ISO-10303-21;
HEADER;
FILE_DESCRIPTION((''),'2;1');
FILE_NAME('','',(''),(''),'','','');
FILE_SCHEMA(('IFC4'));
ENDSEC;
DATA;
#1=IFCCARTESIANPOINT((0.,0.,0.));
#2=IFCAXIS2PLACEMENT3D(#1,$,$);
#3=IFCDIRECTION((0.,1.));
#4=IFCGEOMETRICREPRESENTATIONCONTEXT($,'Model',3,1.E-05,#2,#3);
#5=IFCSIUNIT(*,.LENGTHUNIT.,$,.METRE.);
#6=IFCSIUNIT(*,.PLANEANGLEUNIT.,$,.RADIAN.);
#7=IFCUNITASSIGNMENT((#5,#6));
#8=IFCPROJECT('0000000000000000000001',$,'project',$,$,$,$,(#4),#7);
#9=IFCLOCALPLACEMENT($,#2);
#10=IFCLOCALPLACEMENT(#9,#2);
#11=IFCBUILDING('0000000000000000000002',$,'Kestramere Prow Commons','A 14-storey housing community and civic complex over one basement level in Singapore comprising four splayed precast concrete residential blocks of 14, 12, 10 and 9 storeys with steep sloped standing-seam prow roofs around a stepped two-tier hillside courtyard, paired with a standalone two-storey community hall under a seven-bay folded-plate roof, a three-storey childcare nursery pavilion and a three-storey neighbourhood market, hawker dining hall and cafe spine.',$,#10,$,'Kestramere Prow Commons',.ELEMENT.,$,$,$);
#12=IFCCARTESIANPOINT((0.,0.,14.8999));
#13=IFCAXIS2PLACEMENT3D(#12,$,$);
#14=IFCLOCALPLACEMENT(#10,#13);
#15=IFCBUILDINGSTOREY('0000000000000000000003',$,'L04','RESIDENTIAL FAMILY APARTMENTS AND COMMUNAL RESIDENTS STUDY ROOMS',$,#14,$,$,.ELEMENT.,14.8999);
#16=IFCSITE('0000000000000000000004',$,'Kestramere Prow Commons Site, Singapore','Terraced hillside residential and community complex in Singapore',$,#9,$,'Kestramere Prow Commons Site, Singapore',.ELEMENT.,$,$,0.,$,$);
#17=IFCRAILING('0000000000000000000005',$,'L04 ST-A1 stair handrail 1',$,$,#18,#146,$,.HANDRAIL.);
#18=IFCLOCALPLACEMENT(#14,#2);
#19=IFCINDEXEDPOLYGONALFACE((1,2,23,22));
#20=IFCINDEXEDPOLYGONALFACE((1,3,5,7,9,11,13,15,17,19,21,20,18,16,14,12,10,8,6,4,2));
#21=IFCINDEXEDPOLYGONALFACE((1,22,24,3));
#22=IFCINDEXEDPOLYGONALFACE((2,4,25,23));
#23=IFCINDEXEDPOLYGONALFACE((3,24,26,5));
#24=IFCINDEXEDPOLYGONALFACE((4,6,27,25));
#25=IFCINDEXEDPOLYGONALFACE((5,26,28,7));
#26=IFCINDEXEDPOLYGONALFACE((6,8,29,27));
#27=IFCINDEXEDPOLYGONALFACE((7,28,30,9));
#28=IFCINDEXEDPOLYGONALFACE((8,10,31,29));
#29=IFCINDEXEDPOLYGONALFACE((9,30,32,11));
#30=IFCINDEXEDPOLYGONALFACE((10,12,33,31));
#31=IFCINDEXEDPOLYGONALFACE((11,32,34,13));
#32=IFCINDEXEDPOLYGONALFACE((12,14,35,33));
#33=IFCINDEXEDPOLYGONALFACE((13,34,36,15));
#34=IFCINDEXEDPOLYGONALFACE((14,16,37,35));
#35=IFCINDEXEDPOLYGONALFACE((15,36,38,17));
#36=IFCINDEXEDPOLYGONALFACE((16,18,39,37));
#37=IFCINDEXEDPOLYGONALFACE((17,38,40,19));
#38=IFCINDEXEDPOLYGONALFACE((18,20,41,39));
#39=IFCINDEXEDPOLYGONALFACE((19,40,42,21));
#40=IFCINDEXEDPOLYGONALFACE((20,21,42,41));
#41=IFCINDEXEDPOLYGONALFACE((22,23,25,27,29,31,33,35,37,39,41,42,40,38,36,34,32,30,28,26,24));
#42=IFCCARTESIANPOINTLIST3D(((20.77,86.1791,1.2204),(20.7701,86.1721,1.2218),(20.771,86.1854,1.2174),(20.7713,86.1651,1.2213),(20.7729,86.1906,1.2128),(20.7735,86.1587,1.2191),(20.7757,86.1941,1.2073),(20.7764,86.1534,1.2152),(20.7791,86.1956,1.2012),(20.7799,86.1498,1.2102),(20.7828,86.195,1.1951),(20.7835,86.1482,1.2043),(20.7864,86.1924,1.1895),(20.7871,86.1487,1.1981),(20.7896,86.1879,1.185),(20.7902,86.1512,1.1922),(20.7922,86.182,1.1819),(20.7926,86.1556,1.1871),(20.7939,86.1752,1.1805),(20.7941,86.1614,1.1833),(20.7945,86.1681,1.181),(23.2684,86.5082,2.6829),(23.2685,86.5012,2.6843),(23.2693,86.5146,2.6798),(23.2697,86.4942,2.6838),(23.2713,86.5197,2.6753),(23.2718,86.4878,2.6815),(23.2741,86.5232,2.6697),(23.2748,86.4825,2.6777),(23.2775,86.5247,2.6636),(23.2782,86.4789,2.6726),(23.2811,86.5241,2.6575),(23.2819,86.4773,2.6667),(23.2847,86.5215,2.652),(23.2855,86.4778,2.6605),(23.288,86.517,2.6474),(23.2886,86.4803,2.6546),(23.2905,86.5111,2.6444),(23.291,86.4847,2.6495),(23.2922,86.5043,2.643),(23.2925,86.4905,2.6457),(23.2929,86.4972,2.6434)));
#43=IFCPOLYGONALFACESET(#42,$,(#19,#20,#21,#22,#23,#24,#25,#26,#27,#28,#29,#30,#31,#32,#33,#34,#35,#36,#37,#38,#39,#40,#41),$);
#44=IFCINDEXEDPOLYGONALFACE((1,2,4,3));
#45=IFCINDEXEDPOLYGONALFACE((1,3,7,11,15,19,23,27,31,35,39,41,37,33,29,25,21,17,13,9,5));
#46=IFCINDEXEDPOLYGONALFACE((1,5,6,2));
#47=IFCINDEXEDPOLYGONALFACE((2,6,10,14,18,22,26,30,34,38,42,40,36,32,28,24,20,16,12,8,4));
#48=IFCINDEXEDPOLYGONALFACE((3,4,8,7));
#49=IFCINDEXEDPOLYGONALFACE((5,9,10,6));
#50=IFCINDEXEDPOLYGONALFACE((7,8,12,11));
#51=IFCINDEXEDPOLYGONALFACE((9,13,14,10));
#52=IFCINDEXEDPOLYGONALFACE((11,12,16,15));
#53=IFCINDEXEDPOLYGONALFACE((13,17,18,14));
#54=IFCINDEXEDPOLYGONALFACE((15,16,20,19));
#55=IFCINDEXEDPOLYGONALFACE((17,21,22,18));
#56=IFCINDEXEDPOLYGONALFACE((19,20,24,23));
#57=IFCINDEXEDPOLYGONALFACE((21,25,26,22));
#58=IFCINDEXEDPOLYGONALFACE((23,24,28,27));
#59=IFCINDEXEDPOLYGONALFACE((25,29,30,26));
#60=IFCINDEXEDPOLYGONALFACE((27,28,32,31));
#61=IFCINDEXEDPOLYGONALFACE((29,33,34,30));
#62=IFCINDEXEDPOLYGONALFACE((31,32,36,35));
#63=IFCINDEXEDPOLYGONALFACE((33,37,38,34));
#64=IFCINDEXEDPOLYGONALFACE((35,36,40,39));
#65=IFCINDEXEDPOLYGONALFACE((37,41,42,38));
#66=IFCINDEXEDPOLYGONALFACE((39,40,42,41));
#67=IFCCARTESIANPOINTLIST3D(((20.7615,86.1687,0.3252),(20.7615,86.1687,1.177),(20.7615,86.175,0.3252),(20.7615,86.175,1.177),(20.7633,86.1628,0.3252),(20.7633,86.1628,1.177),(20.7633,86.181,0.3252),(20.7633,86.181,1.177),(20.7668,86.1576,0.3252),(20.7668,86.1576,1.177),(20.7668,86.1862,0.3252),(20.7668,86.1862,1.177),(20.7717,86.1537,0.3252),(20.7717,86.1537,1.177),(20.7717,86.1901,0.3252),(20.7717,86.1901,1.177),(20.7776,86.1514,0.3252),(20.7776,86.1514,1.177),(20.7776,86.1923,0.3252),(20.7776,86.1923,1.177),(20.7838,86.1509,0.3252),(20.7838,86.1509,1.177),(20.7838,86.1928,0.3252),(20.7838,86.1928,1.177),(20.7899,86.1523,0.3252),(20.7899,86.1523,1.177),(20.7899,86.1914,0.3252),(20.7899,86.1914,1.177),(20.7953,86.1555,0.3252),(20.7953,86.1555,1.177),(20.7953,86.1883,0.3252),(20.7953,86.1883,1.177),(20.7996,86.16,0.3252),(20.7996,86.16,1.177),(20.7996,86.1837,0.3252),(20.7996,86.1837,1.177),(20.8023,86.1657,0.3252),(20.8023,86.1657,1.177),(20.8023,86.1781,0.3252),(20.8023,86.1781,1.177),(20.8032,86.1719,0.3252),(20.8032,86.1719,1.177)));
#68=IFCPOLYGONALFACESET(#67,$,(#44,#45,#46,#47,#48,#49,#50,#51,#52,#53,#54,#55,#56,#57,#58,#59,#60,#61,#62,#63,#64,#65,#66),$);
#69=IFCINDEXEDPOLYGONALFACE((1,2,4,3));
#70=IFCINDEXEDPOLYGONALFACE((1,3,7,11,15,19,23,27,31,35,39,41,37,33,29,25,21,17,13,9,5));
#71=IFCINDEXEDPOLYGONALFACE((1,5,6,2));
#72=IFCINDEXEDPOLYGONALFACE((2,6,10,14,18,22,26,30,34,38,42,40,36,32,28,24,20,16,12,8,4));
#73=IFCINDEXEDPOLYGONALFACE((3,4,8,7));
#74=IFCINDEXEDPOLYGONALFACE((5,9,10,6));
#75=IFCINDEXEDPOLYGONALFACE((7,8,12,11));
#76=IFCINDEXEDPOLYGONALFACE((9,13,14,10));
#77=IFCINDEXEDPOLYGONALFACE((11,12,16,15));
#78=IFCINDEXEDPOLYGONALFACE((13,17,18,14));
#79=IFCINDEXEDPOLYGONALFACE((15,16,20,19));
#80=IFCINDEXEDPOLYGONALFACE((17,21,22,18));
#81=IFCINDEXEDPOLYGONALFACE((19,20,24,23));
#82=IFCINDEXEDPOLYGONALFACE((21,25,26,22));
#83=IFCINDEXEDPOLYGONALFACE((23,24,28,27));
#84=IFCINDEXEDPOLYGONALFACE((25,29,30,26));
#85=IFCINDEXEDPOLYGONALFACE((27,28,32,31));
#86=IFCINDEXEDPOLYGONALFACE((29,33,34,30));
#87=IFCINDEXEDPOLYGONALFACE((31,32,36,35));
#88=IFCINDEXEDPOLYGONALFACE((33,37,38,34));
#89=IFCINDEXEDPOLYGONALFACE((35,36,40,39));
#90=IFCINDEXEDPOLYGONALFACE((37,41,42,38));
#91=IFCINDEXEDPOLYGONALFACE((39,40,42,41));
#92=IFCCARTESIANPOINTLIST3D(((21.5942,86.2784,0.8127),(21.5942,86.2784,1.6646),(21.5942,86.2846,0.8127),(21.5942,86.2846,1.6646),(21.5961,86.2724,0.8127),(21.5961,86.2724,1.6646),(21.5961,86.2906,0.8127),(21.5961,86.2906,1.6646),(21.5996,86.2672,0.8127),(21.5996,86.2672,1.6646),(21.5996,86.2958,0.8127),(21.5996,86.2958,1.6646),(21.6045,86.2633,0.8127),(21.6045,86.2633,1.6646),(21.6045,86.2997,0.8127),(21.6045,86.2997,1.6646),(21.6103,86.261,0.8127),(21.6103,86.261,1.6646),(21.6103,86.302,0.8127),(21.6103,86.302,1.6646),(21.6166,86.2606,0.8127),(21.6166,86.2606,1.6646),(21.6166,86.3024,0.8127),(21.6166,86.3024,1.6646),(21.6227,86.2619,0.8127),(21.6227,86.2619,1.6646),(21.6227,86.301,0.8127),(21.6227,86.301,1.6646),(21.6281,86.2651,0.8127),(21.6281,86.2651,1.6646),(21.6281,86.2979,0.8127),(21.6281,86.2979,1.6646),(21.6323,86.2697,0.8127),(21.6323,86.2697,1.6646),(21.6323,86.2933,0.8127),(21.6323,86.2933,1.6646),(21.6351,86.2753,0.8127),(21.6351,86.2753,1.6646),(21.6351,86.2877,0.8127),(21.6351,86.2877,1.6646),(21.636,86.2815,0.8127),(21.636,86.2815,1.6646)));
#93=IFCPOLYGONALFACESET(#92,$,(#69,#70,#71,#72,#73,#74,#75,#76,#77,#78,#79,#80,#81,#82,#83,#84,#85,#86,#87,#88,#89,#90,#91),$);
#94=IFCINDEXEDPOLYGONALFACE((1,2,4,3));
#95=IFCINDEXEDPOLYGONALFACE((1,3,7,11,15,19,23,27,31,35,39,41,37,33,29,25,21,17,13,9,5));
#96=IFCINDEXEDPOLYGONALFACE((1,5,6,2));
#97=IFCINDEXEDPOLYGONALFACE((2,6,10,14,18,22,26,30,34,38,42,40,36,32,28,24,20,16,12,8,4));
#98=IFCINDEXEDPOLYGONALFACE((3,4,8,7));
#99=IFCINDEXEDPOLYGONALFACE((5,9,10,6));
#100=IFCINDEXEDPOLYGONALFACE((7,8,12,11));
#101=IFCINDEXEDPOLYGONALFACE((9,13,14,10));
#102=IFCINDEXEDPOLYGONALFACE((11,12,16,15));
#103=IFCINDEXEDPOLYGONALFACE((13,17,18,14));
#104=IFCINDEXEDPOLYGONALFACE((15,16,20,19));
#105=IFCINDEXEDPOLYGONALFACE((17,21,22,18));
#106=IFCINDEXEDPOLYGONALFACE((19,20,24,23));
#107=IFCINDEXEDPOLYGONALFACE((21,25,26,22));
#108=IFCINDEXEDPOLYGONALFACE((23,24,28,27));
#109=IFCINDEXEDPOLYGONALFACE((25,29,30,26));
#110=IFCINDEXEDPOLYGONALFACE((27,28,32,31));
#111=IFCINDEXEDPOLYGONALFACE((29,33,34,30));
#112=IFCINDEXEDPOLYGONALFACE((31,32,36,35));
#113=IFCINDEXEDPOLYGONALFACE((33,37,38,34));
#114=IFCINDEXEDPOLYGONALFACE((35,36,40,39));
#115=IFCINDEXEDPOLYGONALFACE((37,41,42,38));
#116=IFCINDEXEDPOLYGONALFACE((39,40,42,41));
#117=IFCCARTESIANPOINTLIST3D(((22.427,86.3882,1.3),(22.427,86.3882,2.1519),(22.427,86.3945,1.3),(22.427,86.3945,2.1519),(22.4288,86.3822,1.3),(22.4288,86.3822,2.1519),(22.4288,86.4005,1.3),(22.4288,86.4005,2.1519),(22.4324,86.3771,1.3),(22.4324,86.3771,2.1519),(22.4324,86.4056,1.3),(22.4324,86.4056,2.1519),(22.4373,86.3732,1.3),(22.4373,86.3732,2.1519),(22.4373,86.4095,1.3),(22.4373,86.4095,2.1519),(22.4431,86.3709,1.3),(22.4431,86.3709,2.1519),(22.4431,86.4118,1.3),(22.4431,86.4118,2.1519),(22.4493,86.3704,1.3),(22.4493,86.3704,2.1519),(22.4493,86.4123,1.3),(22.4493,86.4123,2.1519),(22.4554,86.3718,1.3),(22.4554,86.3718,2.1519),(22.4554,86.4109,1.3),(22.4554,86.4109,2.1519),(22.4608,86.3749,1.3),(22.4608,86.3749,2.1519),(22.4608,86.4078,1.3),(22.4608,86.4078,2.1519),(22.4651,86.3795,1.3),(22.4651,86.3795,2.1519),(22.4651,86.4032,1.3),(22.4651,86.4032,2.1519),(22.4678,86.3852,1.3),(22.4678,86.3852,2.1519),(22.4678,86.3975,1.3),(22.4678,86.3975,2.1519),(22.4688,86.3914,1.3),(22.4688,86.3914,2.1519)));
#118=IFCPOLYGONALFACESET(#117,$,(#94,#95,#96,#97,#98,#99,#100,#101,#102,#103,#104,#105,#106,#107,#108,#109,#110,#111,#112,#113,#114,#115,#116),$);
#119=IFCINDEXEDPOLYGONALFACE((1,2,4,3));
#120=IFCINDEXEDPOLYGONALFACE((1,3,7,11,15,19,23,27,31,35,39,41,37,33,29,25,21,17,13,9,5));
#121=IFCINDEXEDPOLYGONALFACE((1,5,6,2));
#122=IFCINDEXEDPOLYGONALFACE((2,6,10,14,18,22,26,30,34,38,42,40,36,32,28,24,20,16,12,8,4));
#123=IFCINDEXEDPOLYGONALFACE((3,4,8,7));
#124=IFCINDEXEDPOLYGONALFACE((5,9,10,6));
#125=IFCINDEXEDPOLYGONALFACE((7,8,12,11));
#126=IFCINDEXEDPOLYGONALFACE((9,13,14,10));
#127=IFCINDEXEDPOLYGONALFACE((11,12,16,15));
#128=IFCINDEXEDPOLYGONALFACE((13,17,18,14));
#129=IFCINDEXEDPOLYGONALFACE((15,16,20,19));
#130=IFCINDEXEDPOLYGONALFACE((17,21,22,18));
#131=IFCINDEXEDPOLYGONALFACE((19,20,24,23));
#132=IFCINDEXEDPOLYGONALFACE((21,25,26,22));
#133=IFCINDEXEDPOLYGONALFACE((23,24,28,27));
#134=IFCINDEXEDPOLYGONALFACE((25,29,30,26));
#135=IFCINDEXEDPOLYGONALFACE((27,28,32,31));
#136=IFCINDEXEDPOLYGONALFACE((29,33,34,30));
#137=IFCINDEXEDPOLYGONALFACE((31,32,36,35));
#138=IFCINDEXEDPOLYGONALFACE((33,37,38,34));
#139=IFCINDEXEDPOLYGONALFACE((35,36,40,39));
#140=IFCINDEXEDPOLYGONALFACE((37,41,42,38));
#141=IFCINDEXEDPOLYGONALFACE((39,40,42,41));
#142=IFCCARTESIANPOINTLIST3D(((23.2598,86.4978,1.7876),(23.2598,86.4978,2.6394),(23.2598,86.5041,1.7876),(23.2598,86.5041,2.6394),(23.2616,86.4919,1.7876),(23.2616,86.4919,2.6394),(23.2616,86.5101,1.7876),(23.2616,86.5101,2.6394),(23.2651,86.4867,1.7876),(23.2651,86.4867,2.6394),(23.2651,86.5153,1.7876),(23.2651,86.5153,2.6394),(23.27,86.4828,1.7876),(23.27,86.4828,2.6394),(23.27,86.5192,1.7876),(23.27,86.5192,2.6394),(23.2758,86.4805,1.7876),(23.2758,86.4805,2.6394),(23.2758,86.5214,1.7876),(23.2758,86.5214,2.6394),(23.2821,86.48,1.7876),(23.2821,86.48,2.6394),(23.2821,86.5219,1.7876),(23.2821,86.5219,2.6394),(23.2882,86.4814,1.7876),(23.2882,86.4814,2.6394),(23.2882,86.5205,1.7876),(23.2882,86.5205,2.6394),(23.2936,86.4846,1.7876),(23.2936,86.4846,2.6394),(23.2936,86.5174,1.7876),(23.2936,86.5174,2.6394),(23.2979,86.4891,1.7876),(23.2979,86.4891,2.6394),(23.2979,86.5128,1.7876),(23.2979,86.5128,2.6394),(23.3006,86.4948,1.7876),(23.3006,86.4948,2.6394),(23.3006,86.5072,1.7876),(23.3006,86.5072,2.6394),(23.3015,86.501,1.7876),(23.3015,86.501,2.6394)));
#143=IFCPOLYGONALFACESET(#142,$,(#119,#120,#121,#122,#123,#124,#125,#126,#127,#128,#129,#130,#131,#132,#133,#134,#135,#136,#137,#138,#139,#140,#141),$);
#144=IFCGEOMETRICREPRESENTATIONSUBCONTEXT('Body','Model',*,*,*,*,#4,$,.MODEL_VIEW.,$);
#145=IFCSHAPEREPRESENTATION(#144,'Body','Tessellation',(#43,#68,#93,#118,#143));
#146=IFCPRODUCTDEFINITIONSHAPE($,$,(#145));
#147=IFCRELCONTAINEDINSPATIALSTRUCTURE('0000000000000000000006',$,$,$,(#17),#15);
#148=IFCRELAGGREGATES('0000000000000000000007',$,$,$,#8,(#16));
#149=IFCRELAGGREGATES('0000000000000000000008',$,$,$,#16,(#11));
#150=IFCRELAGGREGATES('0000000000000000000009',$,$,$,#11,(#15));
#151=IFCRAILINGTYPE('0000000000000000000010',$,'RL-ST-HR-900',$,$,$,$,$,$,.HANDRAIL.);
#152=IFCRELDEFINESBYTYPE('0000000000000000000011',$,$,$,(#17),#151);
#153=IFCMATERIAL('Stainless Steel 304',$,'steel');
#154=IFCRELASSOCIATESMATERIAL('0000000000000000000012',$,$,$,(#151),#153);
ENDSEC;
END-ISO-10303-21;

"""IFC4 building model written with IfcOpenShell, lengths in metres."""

from ifc_helpers import new_model, si_unit, direction, frame, origin, origin_2d, place, context, subcontext, project, spatial, circle, extrude, material, type_object, element, save


model = new_model("IFC4")

# Units and contexts
model_context = context("Model", 3, precision=1e-05, world=origin(), true_north=direction((0.0, 1.0)))
body_context = subcontext(model_context, "Body", "Model", "MODEL_VIEW")
ifc_project = project(units=[si_unit("LENGTHUNIT", "METRE"), si_unit("PLANEANGLEUNIT", "RADIAN")], contexts=[model_context])

# Site, building, storey
site_placement = place(None, origin())
site = spatial("IfcSite", under=ifc_project, at=site_placement, Name="Kestramere Prow Commons Site, Singapore", Description="Terraced hillside residential and community complex in Singapore", LongName="Kestramere Prow Commons Site, Singapore", CompositionType="ELEMENT", RefElevation=0.0)
building_placement = place(site_placement, origin())
building = spatial("IfcBuilding", under=site, at=building_placement, Name="Kestramere Prow Commons", Description="A 14-storey housing community and civic complex over one basement level in Singapore comprising four splayed precast concrete residential blocks of 14, 12, 10 and 9 storeys with steep sloped standing-seam prow roofs around a stepped two-tier hillside courtyard, paired with a standalone two-storey community hall under a seven-bay folded-plate roof, a three-storey childcare nursery pavilion and a three-storey neighbourhood market, hawker dining hall and cafe spine.", LongName="Kestramere Prow Commons", CompositionType="ELEMENT")
storey_placement = place(building_placement, frame((0.0, 0.0, 14.8999)))
storey = spatial("IfcBuildingStorey", under=building, at=storey_placement, Name="L04", Description="RESIDENTIAL FAMILY APARTMENTS AND COMMUNAL RESIDENTS STUDY ROOMS", CompositionType="ELEMENT", Elevation=14.8999)

# Railing
ifc_material_1 = material(Name="Stainless Steel 304", Category="steel")
railing_type_1 = type_object("IfcRailingType", Name="RL-ST-HR-900", PredefinedType="HANDRAIL", material=ifc_material_1)
railing_1_placement = place(storey_placement, frame((20.7822, 86.1719, 0.3252)))
element("IfcRailing", 1, at=railing_1_placement, inside=storey, type_object=railing_type_1, Name="L04 ST-A1 stair handrail 1", PredefinedType="HANDRAIL", context=body_context, shape_type="SweptSolid", body=[
    extrude(circle(Radius=0.0239, at=origin_2d()), frame((0.0, 0.0, 0.876), z_axis=(0.857493, 0.112958, 0.501943), x_axis=(-0.130602, 0.991435, 0.0)), (0.0, 0.0, 1.0), 2.9136),
    extrude(circle(Radius=0.021, at=origin_2d()), origin(), (0.0, 0.0, 1.0), 0.8518),
    extrude(circle(Radius=0.021, at=origin_2d()), frame((0.8328, 0.1096, 0.4875)), (0.0, 0.0, 1.0), 0.8518),
    extrude(circle(Radius=0.021, at=origin_2d()), frame((1.6655, 0.2195, 0.9749)), (0.0, 0.0, 1.0), 0.8518),
    extrude(circle(Radius=0.021, at=origin_2d()), frame((2.4983, 0.3291, 1.4624)), (0.0, 0.0, 1.0), 0.8518),
])

save(model, "model.ifc")
